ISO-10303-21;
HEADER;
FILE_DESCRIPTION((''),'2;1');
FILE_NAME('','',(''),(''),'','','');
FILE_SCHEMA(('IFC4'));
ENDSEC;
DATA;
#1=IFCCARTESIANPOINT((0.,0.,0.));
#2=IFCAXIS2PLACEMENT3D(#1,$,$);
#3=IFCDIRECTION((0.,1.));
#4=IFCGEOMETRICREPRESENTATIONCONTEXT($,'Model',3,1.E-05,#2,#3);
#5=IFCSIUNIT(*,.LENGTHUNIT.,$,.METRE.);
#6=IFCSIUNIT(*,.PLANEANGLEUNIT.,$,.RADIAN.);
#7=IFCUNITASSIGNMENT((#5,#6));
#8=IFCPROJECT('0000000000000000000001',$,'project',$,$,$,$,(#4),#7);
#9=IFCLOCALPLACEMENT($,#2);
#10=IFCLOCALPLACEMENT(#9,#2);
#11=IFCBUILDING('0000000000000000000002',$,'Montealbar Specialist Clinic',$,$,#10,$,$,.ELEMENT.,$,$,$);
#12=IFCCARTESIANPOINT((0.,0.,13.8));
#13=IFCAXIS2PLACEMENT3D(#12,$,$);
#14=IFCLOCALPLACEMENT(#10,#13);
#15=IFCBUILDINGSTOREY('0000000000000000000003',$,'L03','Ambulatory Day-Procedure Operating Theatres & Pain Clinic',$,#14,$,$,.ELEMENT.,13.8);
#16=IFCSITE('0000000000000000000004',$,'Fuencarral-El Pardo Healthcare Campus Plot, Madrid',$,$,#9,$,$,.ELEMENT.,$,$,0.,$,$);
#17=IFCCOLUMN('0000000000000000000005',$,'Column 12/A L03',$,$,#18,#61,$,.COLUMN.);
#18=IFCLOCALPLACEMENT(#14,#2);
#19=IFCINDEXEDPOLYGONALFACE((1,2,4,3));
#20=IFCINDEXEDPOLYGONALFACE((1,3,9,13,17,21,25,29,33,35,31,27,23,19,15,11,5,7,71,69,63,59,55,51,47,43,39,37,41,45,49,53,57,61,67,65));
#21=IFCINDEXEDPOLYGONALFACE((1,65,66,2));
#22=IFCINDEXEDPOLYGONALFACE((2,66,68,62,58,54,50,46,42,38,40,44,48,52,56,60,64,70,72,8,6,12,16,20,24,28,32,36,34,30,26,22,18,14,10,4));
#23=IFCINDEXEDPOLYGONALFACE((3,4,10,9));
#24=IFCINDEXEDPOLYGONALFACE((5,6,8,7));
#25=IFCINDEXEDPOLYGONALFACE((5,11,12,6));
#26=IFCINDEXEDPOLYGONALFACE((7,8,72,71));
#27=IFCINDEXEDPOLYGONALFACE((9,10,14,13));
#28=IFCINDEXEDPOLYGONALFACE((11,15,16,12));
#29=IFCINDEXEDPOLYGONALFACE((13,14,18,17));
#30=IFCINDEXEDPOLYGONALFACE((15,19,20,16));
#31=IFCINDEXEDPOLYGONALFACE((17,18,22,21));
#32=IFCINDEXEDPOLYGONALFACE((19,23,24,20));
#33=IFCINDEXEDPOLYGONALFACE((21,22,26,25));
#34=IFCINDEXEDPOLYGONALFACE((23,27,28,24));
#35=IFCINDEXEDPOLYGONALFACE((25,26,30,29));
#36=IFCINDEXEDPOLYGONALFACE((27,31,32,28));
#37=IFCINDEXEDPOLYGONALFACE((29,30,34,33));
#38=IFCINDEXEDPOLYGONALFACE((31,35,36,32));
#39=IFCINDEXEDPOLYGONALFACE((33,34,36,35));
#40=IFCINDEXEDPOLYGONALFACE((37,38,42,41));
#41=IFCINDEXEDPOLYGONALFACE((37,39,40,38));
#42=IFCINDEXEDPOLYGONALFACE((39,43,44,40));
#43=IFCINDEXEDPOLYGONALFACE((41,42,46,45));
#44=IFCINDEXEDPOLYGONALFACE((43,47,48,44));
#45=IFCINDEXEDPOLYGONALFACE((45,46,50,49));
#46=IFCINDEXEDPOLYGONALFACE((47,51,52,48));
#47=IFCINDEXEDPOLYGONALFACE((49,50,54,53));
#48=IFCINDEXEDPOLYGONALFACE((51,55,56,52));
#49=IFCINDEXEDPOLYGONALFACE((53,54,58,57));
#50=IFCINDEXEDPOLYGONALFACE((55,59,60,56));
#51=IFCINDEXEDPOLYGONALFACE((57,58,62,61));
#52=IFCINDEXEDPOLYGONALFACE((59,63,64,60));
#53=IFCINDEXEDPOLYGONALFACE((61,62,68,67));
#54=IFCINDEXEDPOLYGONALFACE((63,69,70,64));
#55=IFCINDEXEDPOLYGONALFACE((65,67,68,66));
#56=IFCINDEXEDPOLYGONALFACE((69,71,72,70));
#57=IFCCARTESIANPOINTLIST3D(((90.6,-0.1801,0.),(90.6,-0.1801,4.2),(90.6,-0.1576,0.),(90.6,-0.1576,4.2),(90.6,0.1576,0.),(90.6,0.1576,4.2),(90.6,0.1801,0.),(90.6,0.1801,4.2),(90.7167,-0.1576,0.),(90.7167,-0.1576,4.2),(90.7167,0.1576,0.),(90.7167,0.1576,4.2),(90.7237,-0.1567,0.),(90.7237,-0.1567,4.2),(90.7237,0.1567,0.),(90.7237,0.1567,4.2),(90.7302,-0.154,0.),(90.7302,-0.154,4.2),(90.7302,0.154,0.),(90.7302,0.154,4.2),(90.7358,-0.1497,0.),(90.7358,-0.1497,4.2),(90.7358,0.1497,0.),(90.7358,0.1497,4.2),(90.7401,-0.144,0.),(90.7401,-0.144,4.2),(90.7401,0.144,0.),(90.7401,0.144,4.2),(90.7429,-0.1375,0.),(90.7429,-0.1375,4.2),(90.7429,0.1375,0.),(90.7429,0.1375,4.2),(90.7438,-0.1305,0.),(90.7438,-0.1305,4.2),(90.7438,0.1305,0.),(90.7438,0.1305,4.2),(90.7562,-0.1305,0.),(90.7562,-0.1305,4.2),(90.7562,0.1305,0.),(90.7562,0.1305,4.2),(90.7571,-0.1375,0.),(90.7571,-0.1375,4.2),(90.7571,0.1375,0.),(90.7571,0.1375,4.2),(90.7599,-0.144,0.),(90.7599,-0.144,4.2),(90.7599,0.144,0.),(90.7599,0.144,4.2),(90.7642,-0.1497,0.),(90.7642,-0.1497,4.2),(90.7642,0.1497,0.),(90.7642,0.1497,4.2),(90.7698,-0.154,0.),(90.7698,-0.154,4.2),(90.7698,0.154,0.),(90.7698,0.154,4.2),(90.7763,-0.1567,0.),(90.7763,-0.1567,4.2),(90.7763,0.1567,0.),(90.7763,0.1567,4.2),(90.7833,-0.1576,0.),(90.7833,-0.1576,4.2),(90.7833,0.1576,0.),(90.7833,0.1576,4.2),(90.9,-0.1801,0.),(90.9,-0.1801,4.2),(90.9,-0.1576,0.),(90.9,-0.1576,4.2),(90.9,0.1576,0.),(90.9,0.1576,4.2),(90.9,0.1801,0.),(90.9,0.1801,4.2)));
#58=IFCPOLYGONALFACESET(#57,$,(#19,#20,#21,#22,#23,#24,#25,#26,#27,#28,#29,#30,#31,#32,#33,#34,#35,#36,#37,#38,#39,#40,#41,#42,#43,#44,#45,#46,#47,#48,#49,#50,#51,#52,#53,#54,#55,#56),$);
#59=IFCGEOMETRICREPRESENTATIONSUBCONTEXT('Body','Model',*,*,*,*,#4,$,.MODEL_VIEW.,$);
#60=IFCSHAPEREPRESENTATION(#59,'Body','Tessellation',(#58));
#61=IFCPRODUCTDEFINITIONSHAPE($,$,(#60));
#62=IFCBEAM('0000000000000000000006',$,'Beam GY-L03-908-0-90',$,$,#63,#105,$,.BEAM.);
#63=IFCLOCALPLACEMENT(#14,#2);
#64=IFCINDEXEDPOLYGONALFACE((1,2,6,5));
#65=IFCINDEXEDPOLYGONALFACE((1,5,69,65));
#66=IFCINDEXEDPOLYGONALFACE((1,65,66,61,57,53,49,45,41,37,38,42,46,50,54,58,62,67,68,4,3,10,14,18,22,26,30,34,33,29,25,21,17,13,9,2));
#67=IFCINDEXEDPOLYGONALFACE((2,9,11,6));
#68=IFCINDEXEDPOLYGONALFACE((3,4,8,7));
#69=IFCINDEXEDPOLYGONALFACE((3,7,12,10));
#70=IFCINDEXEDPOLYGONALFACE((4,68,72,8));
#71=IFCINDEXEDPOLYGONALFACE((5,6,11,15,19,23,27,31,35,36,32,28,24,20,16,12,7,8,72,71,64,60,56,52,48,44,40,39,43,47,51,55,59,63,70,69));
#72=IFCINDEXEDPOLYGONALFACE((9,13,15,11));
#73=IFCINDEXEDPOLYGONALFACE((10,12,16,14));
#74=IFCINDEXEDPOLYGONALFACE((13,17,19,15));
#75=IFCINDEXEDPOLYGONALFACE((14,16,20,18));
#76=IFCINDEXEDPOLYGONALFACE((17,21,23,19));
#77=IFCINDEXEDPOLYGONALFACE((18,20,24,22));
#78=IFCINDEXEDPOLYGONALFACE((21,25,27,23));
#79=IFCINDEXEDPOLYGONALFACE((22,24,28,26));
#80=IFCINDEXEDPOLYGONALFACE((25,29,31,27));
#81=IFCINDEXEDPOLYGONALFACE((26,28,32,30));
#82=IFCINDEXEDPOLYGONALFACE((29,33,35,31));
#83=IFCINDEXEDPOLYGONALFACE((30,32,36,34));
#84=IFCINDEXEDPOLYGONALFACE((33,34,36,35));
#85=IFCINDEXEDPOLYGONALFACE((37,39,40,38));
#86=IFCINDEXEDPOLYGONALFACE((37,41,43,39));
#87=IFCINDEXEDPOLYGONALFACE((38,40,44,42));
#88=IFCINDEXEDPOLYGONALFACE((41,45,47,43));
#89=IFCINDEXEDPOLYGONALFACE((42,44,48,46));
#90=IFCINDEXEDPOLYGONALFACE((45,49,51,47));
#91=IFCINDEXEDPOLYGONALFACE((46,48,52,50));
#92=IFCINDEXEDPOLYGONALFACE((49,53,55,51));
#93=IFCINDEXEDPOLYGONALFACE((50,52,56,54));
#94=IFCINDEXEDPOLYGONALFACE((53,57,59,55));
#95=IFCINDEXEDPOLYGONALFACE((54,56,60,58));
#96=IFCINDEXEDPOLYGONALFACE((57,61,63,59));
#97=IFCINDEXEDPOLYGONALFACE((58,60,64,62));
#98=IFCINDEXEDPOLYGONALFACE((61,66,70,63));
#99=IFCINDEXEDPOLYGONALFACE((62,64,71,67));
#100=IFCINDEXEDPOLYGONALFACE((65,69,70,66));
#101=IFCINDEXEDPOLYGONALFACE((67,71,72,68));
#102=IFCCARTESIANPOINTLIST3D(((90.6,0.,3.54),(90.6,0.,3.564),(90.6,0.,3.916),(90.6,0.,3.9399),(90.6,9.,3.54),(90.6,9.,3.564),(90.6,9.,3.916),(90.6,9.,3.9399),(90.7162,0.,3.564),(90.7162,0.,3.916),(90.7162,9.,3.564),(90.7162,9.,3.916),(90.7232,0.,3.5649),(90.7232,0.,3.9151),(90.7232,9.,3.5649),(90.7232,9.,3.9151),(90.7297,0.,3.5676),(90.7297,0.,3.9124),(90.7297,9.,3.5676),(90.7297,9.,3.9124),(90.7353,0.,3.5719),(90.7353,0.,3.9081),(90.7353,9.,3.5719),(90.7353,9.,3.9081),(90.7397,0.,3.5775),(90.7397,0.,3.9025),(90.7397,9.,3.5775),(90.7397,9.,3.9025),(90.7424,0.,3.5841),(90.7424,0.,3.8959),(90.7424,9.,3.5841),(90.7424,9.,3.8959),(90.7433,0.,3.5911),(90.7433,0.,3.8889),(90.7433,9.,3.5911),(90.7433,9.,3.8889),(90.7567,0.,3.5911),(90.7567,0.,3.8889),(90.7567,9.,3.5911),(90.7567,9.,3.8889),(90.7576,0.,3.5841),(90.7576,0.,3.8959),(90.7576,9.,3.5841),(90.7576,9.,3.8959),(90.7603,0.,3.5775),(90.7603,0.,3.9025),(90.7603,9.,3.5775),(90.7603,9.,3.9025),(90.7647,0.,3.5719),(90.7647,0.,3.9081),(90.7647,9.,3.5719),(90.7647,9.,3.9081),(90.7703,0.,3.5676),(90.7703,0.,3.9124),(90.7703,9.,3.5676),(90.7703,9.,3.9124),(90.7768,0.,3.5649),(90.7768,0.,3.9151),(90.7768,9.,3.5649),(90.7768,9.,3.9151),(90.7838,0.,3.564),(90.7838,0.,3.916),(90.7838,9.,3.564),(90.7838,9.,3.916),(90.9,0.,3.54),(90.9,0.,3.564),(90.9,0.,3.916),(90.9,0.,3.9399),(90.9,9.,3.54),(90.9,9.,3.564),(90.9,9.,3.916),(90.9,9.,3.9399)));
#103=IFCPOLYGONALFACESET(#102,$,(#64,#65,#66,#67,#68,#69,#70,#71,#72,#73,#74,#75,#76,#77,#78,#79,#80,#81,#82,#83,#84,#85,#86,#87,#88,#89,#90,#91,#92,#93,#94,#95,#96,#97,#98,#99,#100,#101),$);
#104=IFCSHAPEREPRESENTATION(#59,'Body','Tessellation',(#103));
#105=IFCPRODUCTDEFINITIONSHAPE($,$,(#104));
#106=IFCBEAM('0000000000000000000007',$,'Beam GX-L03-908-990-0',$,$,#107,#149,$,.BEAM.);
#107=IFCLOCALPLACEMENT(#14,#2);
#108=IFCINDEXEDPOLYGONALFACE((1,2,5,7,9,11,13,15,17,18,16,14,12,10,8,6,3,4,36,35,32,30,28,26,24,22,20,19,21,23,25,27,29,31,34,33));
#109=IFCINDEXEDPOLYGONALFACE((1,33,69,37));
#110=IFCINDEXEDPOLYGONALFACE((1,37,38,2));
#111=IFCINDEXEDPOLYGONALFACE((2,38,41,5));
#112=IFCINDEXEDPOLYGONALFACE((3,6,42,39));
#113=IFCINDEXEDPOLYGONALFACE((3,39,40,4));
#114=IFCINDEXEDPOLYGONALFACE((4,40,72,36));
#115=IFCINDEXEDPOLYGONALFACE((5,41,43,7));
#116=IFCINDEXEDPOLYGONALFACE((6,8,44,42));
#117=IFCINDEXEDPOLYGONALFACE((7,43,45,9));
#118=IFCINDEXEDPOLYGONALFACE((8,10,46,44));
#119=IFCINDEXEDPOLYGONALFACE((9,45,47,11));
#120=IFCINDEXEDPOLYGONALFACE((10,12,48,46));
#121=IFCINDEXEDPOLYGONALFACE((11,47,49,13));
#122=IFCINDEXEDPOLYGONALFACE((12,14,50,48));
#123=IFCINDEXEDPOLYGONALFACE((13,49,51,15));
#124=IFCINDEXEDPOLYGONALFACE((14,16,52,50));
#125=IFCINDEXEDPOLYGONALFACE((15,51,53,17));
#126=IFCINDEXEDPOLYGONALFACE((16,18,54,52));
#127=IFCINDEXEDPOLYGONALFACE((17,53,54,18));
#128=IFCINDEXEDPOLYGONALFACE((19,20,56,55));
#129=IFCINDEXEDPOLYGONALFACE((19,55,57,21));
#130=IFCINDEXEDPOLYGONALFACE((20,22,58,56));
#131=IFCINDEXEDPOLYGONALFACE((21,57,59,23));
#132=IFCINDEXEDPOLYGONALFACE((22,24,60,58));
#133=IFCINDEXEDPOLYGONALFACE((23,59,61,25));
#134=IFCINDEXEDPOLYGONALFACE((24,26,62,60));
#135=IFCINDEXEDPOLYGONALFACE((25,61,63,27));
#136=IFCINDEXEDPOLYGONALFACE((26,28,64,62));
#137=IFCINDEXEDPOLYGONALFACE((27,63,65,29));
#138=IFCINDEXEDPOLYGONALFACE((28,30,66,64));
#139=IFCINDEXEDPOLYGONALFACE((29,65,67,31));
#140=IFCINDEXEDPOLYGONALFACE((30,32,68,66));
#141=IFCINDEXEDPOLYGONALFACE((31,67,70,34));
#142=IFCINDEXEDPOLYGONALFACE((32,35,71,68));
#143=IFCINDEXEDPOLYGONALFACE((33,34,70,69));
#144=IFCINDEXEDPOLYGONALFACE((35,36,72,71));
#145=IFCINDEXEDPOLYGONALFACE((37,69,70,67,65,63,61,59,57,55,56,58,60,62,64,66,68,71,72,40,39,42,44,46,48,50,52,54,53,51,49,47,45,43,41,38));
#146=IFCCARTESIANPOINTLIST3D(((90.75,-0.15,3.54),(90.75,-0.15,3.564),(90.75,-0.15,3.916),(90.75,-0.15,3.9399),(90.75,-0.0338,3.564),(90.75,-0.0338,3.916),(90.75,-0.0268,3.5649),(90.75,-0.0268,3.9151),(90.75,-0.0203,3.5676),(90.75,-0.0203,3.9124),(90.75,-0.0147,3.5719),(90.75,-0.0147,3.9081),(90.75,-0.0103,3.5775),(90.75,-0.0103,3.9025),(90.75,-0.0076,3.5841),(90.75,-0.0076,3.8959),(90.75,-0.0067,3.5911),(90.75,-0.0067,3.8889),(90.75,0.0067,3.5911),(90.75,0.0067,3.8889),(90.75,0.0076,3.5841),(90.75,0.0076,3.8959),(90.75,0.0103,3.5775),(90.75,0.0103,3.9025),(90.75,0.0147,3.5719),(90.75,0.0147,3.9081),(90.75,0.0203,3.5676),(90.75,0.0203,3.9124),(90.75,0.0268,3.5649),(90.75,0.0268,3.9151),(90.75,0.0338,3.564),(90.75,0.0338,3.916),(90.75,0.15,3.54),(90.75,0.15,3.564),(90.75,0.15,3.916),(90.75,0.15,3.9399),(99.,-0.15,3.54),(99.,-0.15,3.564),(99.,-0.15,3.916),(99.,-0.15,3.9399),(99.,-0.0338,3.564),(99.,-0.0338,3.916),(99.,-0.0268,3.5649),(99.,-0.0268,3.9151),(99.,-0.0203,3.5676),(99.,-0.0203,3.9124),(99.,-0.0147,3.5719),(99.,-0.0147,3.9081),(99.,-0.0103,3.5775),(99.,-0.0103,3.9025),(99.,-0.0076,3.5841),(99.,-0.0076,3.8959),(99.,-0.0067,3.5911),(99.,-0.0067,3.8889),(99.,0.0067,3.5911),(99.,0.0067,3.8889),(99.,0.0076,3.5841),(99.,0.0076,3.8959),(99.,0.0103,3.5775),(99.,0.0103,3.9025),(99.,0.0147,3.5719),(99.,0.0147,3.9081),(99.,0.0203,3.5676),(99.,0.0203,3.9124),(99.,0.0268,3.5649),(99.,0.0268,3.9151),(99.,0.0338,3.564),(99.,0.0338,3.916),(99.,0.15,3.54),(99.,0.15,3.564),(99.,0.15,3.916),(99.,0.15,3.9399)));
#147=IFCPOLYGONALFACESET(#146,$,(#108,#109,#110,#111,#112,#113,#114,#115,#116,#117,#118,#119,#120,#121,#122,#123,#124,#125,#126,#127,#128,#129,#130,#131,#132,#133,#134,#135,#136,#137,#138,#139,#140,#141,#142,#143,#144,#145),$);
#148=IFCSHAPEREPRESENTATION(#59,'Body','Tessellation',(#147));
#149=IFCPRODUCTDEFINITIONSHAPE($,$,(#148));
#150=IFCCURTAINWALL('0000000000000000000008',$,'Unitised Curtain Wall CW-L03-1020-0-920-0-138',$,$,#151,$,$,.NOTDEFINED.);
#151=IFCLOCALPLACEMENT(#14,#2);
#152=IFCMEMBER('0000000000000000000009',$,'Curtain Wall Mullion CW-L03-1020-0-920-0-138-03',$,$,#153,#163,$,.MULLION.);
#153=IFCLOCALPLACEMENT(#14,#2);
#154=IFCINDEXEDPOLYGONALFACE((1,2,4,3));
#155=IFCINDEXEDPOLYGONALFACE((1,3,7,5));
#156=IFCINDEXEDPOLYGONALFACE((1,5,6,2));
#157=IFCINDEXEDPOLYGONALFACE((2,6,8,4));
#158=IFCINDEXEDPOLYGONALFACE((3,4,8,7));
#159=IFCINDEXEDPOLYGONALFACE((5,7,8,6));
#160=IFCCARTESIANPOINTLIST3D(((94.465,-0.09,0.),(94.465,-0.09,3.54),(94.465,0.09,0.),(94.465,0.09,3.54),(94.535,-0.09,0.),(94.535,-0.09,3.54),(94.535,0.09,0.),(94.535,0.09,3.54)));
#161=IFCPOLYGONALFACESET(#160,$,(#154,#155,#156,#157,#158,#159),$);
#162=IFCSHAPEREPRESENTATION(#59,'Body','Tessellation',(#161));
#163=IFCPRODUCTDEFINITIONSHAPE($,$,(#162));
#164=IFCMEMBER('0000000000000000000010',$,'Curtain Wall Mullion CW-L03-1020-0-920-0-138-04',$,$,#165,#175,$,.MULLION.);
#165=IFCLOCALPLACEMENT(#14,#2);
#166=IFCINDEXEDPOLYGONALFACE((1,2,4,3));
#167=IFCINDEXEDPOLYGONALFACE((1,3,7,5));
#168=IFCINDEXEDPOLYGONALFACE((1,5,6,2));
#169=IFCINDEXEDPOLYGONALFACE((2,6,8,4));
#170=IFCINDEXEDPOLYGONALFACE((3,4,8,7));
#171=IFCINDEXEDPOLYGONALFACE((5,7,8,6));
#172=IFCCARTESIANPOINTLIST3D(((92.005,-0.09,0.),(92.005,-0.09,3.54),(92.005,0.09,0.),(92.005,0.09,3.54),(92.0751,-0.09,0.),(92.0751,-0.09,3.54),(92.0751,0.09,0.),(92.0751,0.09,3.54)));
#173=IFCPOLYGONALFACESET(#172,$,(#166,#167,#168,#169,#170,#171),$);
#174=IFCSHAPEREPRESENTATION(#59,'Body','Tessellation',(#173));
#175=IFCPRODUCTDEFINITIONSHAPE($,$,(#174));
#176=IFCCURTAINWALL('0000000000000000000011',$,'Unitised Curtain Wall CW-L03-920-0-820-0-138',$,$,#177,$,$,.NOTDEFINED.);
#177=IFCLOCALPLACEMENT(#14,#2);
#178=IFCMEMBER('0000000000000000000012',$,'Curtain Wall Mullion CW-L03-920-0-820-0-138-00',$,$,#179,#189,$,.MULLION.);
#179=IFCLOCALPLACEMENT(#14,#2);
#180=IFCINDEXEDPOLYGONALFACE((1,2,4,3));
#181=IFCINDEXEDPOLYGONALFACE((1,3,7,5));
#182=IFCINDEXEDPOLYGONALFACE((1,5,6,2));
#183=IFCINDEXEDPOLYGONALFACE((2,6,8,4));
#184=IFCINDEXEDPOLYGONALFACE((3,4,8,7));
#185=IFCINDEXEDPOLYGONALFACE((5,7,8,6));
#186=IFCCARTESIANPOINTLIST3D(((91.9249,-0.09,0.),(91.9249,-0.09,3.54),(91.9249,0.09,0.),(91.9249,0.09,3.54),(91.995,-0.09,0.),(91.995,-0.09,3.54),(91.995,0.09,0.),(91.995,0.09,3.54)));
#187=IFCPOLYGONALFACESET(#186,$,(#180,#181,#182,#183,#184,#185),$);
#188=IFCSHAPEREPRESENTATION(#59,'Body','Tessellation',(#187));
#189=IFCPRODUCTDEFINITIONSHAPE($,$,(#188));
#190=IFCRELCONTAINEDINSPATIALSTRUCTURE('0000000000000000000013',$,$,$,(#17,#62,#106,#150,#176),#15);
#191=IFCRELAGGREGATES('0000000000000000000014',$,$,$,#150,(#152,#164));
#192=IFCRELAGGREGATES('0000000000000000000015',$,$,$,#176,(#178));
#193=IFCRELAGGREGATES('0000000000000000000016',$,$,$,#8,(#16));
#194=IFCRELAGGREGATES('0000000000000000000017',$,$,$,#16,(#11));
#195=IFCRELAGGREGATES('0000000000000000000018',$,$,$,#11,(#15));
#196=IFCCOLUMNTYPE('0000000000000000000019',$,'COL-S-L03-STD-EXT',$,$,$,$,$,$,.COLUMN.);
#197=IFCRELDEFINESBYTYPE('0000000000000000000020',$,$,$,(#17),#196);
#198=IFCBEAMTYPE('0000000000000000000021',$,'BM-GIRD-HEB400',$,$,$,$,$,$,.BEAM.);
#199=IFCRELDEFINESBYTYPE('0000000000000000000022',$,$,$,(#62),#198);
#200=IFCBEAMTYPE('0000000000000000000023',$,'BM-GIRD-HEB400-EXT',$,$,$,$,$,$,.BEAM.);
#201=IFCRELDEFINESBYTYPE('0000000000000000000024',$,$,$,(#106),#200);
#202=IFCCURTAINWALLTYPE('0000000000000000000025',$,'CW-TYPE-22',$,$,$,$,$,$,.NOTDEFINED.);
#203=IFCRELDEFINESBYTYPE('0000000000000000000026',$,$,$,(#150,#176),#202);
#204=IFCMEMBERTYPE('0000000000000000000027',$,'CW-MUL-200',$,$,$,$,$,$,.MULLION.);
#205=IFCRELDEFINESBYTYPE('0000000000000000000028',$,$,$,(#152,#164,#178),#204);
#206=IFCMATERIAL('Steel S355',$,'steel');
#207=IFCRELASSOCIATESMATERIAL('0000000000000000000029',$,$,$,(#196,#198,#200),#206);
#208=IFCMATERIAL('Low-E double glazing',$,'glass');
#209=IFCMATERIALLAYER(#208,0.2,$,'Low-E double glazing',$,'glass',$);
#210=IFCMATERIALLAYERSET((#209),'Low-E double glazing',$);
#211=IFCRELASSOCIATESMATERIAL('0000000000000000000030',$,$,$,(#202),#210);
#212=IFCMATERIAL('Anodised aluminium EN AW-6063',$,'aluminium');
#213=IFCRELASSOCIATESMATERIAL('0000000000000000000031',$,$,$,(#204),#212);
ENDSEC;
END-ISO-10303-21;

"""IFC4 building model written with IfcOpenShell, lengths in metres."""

from ifc_helpers import new_model, si_unit, direction, frame, origin, origin_2d, place, context, subcontext, project, spatial, rectangle, i_section, extrude, material, layer, layer_set, material_profile, profile_set, type_object, element, aggregate, save


model = new_model("IFC4")

# Units and contexts
model_context = context("Model", 3, precision=1e-05, world=origin(), true_north=direction((0.0, 1.0)))
body_context = subcontext(model_context, "Body", "Model", "MODEL_VIEW")
ifc_project = project(units=[si_unit("LENGTHUNIT", "METRE"), si_unit("PLANEANGLEUNIT", "RADIAN")], contexts=[model_context])

# Site, building, storey
site_placement = place(None, origin())
site = spatial("IfcSite", under=ifc_project, at=site_placement, Name="Fuencarral-El Pardo Healthcare Campus Plot, Madrid", CompositionType="ELEMENT", RefElevation=0.0)
building_placement = place(site_placement, origin())
building = spatial("IfcBuilding", under=site, at=building_placement, Name="Montealbar Specialist Clinic", CompositionType="ELEMENT")
storey_placement = place(building_placement, frame((0.0, 0.0, 13.8)))
storey = spatial("IfcBuildingStorey", under=building, at=storey_placement, Name="L03", Description="Ambulatory Day-Procedure Operating Theatres & Pain Clinic", CompositionType="ELEMENT", Elevation=13.8)

# Column
ifc_material_1 = material(Name="Steel S355", Category="steel")
ifc_material_profile_1 = material_profile(ifc_material_1, i_section(OverallWidth=0.3, OverallDepth=0.3601, WebThickness=0.0125, FlangeThickness=0.0225, FilletRadius=0.0271, at=origin_2d()), Name="HEB 360", Category="steel")
ifc_profile_set_1 = profile_set([ifc_material_profile_1], Name="Steel S355")
column_type = type_object("IfcColumnType", Name="COL-S-L03-STD-EXT", PredefinedType="COLUMN", material=ifc_profile_set_1)
column_placement = place(storey_placement, frame((90.75, 0.0, 0.0), z_axis=(0.0, 0.0, 1.0), x_axis=(1.0, 0.0, 0.0)))
element("IfcColumn", 1, at=column_placement, inside=storey, type_object=column_type, Name="Column 12/A L03", PredefinedType="COLUMN", context=body_context, shape_type="SweptSolid", body=[
    extrude(i_section(OverallWidth=0.3, OverallDepth=0.3601, WebThickness=0.0125, FlangeThickness=0.0225, FilletRadius=0.0271, at=origin_2d()), origin(), (0.0, 0.0, 1.0), 4.2),
])

# Beams
ifc_material_profile_2 = material_profile(ifc_material_1, i_section(OverallWidth=0.3, OverallDepth=0.3999, WebThickness=0.0134, FlangeThickness=0.0239, FilletRadius=0.0271, at=origin_2d()), Name="HEB 400", Category="steel")
ifc_profile_set_2 = profile_set([ifc_material_profile_2], Name="Steel S355")
beam_type_1 = type_object("IfcBeamType", Name="BM-GIRD-HEB400", PredefinedType="BEAM", material=ifc_profile_set_2)
beam_1_placement = place(storey_placement, frame((90.75, 0.0, 3.74), z_axis=(0.0, 1.0, 0.0), x_axis=(-1.0, 0.0, 0.0)))
element("IfcBeam", 2, at=beam_1_placement, inside=storey, type_object=beam_type_1, Name="Beam GY-L03-908-0-90", PredefinedType="BEAM", context=body_context, shape_type="SweptSolid", body=[
    extrude(i_section(OverallWidth=0.3, OverallDepth=0.3999, WebThickness=0.0134, FlangeThickness=0.0239, FilletRadius=0.0271, at=origin_2d()), origin(), (0.0, 0.0, 1.0), 9.0),
])
ifc_material_profile_3 = material_profile(ifc_material_1, i_section(OverallWidth=0.3, OverallDepth=0.3999, WebThickness=0.0134, FlangeThickness=0.0239, FilletRadius=0.0271, at=origin_2d()), Name="HEB 400", Category="steel")
ifc_profile_set_3 = profile_set([ifc_material_profile_3], Name="Steel S355")
beam_type_2 = type_object("IfcBeamType", Name="BM-GIRD-HEB400-EXT", PredefinedType="BEAM", material=ifc_profile_set_3)
beam_2_placement = place(storey_placement, frame((90.75, 0.0, 3.74), z_axis=(1.0, 0.0, 0.0), x_axis=(0.0, 1.0, 0.0)))
element("IfcBeam", 3, at=beam_2_placement, inside=storey, type_object=beam_type_2, Name="Beam GX-L03-908-990-0", PredefinedType="BEAM", context=body_context, shape_type="SweptSolid", body=[
    extrude(i_section(OverallWidth=0.3, OverallDepth=0.3999, WebThickness=0.0134, FlangeThickness=0.0239, FilletRadius=0.0271, at=origin_2d()), origin(), (0.0, 0.0, 1.0), 8.25),
])

# Curtain walls, members
ifc_material_2 = material(Name="Low-E double glazing", Category="glass")
ifc_layer_1 = layer(ifc_material_2, 0.2, Name="Low-E double glazing", Category="glass")
ifc_layer_set_1 = layer_set([ifc_layer_1], Name="Low-E double glazing")
curtain_wall_type = type_object("IfcCurtainWallType", Name="CW-TYPE-22", PredefinedType="NOTDEFINED", material=ifc_layer_set_1)
curtain_wall_1_placement = place(storey_placement, origin())
curtain_wall_1 = element("IfcCurtainWall", 4, at=curtain_wall_1_placement, inside=storey, type_object=curtain_wall_type, Name="Unitised Curtain Wall CW-L03-1020-0-920-0-138", PredefinedType="NOTDEFINED")
ifc_material_3 = material(Name="Anodised aluminium EN AW-6063", Category="aluminium")
ifc_material_profile_4 = material_profile(ifc_material_3, rectangle(XDim=0.0701, YDim=0.1799, at=origin_2d()), Name="ALU 70x180", Category="aluminium")
ifc_profile_set_4 = profile_set([ifc_material_profile_4], Name="Anodised aluminium EN AW-6063")
member_type_1 = type_object("IfcMemberType", Name="CW-MUL-200", PredefinedType="MULLION", material=ifc_profile_set_4)
member_1_placement = place(storey_placement, frame((94.5, 0.0, 0.0), z_axis=(0.0, 0.0, 1.0), x_axis=(-1.0, 0.0, 0.0)))
member_1 = element("IfcMember", 5, at=member_1_placement, type_object=member_type_1, Name="Curtain Wall Mullion CW-L03-1020-0-920-0-138-03", PredefinedType="MULLION", context=body_context, shape_type="SweptSolid", body=[
    extrude(rectangle(XDim=0.0701, YDim=0.1799, at=origin_2d()), origin(), (0.0, 0.0, 1.0), 3.54),
])
member_2_placement = place(storey_placement, frame((92.04, 0.0, 0.0), z_axis=(0.0, 0.0, 1.0), x_axis=(-1.0, 0.0, 0.0)))
member_2 = element("IfcMember", 6, at=member_2_placement, type_object=member_type_1, Name="Curtain Wall Mullion CW-L03-1020-0-920-0-138-04", PredefinedType="MULLION", context=body_context, shape_type="SweptSolid", body=[
    extrude(rectangle(XDim=0.0701, YDim=0.1799, at=origin_2d()), origin(), (0.0, 0.0, 1.0), 3.54),
])
curtain_wall_2_placement = place(storey_placement, origin())
curtain_wall_2 = element("IfcCurtainWall", 7, at=curtain_wall_2_placement, inside=storey, type_object=curtain_wall_type, Name="Unitised Curtain Wall CW-L03-920-0-820-0-138", PredefinedType="NOTDEFINED")
member_3_placement = place(storey_placement, frame((91.96, 0.0, 0.0), z_axis=(0.0, 0.0, 1.0), x_axis=(-1.0, 0.0, 0.0)))
member_3 = element("IfcMember", 8, at=member_3_placement, type_object=member_type_1, Name="Curtain Wall Mullion CW-L03-920-0-820-0-138-00", PredefinedType="MULLION", context=body_context, shape_type="SweptSolid", body=[
    extrude(rectangle(XDim=0.0701, YDim=0.1799, at=origin_2d()), origin(), (0.0, 0.0, 1.0), 3.54),
])

aggregate(curtain_wall_1, [member_1, member_2])
aggregate(curtain_wall_2, [member_3])

save(model, "model.ifc")
